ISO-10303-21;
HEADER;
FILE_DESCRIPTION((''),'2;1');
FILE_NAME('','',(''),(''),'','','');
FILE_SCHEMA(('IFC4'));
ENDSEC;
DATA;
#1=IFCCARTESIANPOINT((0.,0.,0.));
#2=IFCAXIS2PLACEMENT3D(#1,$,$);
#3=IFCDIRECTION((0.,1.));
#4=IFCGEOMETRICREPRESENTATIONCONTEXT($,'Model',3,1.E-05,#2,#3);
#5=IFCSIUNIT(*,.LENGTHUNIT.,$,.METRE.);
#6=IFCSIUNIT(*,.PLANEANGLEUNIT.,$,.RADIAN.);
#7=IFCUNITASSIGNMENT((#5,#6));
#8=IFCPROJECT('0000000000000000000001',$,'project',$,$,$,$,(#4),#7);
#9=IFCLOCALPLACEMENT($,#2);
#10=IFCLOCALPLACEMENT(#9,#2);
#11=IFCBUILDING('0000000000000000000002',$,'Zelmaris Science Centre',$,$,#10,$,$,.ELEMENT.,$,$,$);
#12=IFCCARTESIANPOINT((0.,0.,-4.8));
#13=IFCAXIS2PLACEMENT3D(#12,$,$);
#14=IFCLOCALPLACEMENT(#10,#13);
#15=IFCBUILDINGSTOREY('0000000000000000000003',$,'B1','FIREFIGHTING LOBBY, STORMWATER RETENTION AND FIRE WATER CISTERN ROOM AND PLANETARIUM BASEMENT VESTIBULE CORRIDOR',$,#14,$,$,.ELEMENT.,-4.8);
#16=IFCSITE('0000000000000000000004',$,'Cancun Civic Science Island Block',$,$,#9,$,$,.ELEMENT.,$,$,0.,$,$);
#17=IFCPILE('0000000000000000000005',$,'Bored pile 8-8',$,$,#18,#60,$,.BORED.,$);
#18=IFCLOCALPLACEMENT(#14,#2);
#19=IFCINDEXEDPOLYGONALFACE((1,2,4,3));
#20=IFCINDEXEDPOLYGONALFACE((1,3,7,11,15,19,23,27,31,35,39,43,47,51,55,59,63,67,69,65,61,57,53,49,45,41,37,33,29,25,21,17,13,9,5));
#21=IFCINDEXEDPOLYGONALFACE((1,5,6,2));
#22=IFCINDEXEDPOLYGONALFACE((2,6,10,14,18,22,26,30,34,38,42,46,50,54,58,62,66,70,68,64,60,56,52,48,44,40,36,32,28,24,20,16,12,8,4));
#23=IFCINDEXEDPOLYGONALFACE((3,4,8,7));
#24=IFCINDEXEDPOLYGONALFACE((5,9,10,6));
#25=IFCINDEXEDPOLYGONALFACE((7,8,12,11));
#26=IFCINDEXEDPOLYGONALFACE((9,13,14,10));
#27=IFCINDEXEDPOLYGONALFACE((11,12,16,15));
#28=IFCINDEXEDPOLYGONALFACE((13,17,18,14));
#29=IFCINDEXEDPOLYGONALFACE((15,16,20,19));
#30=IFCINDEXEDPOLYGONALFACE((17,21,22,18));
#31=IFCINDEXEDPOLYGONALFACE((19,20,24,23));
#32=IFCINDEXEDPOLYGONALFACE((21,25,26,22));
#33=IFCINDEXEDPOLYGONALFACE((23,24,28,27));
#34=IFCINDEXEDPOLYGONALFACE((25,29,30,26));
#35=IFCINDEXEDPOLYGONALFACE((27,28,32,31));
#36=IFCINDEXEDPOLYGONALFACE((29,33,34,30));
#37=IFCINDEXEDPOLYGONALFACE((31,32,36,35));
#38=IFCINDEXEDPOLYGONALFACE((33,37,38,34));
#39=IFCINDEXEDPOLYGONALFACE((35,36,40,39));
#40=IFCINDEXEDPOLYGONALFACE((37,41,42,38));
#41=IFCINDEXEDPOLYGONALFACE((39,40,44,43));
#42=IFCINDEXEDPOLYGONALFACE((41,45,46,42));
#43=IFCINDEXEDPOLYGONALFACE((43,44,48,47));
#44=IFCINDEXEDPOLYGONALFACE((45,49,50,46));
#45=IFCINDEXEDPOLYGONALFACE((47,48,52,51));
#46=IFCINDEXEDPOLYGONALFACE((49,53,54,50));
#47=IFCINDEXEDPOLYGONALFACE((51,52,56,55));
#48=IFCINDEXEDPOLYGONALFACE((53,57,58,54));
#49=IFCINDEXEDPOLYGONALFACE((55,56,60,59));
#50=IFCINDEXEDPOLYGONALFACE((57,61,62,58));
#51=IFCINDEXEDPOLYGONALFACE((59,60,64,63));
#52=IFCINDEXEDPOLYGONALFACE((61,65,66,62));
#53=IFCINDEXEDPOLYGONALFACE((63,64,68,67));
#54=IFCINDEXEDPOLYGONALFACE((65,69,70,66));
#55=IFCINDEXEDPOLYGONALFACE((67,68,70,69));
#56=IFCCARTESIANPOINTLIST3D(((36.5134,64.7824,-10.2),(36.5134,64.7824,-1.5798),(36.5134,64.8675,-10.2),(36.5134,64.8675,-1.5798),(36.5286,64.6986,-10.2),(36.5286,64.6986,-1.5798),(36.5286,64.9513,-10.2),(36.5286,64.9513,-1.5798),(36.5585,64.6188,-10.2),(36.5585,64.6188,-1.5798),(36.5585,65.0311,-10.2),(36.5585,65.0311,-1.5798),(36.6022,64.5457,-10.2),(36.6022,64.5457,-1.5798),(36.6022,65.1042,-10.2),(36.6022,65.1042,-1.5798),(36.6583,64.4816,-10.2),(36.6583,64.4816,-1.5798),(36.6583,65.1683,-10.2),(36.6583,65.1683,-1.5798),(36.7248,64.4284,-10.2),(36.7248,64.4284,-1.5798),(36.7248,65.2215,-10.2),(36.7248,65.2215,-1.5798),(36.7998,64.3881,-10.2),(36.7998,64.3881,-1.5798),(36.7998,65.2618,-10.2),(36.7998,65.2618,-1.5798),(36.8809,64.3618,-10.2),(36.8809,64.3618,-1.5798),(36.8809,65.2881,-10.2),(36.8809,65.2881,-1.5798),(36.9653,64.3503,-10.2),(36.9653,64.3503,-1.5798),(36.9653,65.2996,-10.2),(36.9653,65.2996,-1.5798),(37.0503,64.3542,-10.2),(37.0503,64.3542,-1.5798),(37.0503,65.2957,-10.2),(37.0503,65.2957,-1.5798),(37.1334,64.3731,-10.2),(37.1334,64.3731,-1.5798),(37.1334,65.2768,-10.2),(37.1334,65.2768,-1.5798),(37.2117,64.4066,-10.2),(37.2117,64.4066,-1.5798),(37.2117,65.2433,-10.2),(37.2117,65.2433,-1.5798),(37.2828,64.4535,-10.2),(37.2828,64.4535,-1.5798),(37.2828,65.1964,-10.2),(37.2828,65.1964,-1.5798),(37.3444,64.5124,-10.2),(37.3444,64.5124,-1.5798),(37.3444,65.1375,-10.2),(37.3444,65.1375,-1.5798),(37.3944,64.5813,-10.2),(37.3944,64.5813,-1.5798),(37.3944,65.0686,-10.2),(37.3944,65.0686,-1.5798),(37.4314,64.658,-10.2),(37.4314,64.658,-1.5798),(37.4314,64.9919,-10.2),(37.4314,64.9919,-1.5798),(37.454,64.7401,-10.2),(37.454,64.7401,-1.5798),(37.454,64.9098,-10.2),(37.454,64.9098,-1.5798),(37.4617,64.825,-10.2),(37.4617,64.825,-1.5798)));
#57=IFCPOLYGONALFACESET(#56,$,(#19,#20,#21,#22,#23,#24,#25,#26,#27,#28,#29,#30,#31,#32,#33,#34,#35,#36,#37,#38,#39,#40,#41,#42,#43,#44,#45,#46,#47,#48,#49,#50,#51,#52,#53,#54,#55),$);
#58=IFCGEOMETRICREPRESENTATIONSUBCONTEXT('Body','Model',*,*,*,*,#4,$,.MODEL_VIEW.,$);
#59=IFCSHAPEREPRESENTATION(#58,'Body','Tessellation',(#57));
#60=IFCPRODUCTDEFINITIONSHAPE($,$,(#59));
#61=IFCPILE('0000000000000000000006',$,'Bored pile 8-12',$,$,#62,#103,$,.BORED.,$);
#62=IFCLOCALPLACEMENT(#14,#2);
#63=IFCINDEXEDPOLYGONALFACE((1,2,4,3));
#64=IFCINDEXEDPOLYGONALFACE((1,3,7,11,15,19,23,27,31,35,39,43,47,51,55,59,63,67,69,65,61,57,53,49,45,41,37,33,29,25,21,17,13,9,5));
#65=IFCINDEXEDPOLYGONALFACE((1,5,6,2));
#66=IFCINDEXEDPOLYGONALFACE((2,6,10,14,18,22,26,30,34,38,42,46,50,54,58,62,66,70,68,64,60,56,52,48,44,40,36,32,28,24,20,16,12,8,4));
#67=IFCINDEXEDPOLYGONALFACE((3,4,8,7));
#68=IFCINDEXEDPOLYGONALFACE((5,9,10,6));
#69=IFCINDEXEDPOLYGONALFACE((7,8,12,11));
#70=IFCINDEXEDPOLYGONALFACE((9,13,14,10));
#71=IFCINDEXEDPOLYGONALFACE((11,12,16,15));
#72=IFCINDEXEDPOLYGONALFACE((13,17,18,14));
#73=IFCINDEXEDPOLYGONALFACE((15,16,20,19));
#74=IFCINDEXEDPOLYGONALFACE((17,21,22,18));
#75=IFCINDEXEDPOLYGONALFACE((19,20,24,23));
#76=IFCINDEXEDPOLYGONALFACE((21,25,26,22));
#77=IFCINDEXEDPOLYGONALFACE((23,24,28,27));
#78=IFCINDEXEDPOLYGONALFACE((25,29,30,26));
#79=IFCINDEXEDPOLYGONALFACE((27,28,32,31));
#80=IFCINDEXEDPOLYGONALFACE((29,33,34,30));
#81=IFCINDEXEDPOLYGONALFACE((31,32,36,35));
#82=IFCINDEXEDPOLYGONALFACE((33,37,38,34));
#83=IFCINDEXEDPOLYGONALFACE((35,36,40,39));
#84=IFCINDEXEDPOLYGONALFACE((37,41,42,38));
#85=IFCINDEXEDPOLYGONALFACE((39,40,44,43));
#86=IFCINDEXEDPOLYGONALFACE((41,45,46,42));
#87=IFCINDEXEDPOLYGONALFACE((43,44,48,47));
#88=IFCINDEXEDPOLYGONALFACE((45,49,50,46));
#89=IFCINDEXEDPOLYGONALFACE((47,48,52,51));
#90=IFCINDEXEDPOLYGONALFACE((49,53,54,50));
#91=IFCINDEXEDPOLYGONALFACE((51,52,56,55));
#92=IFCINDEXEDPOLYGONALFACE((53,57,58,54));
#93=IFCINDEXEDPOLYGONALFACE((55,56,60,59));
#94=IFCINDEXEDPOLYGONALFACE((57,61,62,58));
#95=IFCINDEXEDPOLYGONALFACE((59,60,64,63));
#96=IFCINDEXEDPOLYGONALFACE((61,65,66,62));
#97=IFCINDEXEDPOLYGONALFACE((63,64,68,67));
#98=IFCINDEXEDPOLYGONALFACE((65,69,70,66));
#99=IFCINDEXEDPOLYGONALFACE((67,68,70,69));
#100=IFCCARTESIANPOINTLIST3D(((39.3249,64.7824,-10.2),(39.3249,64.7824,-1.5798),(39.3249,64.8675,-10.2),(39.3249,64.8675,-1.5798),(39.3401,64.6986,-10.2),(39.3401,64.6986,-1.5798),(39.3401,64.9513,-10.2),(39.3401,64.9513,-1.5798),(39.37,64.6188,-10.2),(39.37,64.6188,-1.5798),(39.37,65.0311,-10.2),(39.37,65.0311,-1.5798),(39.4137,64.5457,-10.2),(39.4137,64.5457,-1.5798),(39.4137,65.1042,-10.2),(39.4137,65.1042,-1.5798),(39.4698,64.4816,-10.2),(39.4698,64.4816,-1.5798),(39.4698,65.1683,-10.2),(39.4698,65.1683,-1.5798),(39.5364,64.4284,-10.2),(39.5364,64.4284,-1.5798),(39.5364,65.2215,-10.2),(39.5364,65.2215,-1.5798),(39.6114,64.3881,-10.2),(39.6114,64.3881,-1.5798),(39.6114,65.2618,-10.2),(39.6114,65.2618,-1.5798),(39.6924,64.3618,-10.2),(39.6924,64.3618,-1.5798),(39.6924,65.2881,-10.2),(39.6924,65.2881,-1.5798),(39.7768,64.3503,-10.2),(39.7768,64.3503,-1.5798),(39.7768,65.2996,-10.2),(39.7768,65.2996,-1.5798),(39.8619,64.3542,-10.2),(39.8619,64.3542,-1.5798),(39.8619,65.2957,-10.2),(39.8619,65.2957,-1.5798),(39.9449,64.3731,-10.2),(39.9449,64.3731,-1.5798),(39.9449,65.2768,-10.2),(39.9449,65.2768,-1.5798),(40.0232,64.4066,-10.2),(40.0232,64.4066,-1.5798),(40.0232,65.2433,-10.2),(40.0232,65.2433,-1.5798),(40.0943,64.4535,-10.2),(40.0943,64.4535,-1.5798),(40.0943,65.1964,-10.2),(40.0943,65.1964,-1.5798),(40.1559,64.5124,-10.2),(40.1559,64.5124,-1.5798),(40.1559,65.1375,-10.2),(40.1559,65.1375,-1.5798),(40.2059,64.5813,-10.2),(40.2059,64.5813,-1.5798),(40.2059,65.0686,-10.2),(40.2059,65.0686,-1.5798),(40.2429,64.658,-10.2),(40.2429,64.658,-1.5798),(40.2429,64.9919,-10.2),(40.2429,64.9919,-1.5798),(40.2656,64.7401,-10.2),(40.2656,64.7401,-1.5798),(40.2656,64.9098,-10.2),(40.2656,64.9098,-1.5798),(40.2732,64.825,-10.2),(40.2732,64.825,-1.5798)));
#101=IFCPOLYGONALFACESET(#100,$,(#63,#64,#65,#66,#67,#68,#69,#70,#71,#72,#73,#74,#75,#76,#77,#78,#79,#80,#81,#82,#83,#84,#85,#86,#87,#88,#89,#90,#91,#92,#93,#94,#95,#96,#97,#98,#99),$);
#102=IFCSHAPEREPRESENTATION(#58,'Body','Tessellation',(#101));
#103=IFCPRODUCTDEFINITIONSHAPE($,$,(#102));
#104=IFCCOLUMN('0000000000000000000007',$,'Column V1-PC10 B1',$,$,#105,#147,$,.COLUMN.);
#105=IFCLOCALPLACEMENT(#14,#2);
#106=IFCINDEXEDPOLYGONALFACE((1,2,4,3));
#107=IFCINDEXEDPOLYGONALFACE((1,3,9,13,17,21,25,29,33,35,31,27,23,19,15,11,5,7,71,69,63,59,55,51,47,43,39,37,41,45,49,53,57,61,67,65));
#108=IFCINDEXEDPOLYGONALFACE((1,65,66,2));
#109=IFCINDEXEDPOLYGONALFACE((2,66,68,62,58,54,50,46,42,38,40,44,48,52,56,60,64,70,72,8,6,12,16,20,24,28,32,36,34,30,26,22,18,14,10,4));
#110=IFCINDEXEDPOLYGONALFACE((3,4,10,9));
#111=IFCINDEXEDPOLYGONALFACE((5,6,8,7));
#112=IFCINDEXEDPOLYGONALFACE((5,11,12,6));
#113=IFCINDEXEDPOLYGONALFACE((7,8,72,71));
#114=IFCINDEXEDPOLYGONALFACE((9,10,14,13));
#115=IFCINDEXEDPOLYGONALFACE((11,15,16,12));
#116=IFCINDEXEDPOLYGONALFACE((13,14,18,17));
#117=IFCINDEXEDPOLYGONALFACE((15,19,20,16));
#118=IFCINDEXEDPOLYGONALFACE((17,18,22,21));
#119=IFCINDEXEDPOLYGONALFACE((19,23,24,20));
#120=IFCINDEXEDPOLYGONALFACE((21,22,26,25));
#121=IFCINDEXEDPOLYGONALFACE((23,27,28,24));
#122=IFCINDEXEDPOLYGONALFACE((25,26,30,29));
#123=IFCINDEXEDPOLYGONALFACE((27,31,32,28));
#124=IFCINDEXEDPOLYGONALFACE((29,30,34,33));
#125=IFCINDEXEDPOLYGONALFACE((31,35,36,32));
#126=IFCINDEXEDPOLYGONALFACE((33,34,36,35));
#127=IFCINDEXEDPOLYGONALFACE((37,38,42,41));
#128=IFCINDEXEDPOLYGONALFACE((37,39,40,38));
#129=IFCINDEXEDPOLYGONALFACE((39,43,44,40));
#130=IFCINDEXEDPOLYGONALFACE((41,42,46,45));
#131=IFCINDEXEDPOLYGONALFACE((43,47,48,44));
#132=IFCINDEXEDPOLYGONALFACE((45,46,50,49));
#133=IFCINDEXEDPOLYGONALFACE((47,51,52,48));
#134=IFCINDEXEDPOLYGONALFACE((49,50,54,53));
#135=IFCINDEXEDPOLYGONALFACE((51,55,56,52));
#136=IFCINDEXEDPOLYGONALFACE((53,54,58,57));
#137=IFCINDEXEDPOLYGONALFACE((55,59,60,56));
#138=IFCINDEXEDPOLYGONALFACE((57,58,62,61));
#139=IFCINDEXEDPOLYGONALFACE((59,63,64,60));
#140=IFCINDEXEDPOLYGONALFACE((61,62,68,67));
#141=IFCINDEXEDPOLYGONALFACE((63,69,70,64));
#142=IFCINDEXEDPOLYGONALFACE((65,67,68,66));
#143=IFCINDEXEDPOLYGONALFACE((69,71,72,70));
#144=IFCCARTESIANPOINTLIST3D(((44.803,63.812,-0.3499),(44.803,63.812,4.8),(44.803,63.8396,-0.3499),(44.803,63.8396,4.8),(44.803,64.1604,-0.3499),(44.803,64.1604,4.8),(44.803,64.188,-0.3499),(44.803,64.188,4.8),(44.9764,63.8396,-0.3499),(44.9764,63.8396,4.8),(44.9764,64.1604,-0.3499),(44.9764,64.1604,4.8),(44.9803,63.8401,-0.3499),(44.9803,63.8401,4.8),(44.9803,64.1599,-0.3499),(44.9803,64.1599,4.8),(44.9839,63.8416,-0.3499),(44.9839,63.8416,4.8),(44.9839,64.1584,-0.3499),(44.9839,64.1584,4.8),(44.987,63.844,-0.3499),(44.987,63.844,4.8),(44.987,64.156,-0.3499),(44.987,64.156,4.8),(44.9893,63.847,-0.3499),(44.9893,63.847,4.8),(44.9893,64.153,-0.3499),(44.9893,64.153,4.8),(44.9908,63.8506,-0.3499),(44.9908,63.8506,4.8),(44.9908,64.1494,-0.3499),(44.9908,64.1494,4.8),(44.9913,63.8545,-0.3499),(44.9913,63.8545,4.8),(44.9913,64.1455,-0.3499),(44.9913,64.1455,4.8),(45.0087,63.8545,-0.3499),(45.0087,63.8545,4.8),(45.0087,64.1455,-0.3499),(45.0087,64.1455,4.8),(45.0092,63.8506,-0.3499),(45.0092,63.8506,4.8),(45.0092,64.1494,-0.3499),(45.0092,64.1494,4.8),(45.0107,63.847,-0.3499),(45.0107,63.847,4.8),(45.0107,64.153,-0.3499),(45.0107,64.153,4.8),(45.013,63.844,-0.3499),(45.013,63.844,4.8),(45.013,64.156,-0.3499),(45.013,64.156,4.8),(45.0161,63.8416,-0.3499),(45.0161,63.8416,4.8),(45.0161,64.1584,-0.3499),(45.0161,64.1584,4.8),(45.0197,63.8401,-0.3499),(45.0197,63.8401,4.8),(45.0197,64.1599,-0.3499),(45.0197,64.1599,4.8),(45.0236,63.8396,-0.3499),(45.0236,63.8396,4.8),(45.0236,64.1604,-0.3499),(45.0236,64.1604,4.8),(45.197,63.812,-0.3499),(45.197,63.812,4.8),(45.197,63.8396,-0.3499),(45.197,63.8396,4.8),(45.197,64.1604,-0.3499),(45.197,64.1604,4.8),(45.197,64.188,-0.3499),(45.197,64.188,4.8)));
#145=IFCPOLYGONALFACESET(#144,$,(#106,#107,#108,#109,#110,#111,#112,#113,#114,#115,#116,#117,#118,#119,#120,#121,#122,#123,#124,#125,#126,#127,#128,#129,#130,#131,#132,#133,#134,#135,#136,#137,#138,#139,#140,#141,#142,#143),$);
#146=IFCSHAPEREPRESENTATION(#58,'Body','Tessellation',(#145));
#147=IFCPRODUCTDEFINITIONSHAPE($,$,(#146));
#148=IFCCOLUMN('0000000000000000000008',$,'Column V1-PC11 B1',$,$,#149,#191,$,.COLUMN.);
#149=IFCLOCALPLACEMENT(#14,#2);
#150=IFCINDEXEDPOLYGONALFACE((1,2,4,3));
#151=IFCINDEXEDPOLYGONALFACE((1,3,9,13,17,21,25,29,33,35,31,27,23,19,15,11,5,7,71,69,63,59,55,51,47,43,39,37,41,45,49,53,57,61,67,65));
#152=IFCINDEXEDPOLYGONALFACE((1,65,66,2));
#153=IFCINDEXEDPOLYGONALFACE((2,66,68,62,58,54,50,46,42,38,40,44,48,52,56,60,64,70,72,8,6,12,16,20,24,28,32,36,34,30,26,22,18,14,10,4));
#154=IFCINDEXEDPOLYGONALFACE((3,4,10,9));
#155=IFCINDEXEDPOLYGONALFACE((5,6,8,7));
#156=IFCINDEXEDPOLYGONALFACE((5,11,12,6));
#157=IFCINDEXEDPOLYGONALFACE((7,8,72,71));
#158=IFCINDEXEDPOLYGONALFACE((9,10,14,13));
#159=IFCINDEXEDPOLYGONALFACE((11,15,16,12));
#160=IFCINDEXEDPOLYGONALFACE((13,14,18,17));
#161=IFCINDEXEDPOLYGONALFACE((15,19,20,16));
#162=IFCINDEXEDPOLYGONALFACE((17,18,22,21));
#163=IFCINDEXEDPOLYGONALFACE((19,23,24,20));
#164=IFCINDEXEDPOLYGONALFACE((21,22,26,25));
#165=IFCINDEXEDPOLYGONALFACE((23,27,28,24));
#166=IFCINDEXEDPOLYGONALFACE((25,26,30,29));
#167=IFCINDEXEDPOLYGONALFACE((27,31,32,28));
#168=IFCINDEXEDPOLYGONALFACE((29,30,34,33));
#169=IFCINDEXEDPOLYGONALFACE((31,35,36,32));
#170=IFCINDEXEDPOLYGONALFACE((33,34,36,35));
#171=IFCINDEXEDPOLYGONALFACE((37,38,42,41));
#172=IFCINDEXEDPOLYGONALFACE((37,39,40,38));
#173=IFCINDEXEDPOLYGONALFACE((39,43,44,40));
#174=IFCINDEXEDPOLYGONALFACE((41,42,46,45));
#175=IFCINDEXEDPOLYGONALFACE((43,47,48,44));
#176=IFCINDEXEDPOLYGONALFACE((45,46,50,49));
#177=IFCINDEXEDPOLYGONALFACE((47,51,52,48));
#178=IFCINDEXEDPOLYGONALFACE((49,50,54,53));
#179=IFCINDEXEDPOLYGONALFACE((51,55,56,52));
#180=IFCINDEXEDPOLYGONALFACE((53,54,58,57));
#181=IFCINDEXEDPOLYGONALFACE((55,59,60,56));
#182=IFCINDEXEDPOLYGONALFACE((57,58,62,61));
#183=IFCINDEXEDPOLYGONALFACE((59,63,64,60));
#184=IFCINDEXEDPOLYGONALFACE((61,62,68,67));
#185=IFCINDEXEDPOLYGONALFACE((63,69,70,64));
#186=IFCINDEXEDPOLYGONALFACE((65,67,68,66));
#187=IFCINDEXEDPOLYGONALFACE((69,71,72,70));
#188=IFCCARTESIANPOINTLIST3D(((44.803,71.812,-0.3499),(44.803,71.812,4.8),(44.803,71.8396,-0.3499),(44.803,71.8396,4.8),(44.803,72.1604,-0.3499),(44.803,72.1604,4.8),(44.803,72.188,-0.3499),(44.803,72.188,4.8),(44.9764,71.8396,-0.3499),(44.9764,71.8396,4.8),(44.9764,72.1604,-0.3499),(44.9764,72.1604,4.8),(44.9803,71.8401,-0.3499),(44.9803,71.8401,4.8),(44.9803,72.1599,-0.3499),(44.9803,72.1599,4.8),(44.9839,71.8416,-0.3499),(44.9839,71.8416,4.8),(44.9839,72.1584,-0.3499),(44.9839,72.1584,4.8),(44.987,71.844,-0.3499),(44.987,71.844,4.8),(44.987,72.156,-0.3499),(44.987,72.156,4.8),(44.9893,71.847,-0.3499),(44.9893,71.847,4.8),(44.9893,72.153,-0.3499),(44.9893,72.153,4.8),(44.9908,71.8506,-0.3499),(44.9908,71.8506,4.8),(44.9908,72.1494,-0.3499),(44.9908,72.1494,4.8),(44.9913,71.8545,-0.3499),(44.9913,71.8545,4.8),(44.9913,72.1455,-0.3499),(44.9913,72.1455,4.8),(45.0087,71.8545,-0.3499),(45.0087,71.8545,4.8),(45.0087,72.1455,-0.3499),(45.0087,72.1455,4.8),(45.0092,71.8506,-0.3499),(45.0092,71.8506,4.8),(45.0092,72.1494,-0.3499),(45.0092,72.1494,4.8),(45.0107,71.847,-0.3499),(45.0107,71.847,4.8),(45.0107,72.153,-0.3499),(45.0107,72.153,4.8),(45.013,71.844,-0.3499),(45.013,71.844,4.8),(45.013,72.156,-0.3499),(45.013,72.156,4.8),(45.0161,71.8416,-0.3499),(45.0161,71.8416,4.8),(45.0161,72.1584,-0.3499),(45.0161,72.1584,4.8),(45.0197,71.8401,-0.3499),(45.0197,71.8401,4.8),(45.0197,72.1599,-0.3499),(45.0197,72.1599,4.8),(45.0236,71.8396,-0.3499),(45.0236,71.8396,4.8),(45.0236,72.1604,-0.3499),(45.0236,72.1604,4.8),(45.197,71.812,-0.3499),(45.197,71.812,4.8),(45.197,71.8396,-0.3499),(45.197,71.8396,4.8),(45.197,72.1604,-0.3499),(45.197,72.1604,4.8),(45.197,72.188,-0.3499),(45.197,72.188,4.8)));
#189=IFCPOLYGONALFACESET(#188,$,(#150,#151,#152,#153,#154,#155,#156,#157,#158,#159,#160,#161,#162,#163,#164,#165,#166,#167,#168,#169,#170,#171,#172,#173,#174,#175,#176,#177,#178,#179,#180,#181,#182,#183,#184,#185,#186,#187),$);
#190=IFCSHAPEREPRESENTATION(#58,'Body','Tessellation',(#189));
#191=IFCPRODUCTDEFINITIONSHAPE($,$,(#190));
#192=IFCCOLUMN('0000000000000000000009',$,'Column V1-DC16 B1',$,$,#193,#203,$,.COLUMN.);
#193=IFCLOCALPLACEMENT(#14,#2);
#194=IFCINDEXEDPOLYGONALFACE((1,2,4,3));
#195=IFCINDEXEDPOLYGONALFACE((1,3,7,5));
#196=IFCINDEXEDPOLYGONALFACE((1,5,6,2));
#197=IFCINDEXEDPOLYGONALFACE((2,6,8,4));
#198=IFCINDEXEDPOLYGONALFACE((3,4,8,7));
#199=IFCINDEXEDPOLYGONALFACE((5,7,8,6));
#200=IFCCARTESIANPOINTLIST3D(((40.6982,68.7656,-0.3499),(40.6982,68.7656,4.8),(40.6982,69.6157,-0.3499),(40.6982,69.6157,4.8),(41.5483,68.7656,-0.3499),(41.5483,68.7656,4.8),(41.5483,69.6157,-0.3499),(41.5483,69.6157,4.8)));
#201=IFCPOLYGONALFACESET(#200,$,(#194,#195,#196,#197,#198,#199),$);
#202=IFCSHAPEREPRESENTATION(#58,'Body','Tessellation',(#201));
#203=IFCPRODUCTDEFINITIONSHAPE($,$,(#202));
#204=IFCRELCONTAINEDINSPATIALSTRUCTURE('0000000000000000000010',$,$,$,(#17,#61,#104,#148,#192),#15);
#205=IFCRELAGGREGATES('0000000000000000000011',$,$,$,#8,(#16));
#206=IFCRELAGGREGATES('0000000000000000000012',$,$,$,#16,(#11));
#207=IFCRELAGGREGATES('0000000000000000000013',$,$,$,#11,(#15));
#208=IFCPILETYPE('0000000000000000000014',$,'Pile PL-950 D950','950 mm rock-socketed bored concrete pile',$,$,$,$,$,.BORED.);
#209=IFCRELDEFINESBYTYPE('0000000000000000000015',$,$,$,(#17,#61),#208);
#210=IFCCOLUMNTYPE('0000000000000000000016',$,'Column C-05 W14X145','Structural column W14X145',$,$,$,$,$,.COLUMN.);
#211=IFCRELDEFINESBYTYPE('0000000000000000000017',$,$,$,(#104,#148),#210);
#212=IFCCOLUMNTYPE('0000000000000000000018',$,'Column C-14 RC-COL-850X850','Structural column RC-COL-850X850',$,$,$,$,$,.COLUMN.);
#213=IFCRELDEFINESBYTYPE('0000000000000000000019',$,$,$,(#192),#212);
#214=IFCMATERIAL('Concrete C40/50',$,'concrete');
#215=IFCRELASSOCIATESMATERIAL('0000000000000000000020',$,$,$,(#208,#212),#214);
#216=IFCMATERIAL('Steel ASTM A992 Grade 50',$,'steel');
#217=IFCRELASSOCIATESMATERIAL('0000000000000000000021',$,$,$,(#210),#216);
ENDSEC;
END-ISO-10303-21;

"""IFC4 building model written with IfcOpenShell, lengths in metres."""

from ifc_helpers import new_model, si_unit, direction, frame, origin, origin_2d, place, context, subcontext, project, spatial, rectangle, circle, i_section, extrude, material, material_profile, profile_set, type_object, element, save


model = new_model("IFC4")

# Units and contexts
model_context = context("Model", 3, precision=1e-05, world=origin(), true_north=direction((0.0, 1.0)))
body_context = subcontext(model_context, "Body", "Model", "MODEL_VIEW")
ifc_project = project(units=[si_unit("LENGTHUNIT", "METRE"), si_unit("PLANEANGLEUNIT", "RADIAN")], contexts=[model_context])

# Site, building, storey
site_placement = place(None, origin())
site = spatial("IfcSite", under=ifc_project, at=site_placement, Name="Cancun Civic Science Island Block", CompositionType="ELEMENT", RefElevation=0.0)
building_placement = place(site_placement, origin())
building = spatial("IfcBuilding", under=site, at=building_placement, Name="Zelmaris Science Centre", CompositionType="ELEMENT")
storey_placement = place(building_placement, frame((0.0, 0.0, -4.8)))
storey = spatial("IfcBuildingStorey", under=building, at=storey_placement, Name="B1", Description="FIREFIGHTING LOBBY, STORMWATER RETENTION AND FIRE WATER CISTERN ROOM AND PLANETARIUM BASEMENT VESTIBULE CORRIDOR", CompositionType="ELEMENT", Elevation=-4.8)

# Shared definitions
ifc_material_1 = material(Name="Concrete C40/50", Category="concrete")

# Piles
ifc_material_profile_1 = material_profile(ifc_material_1, circle(Radius=0.4751, at=origin_2d()), Name="PILE-950")
ifc_profile_set_1 = profile_set([ifc_material_profile_1], Name="Concrete C40/50")
pile_type_1 = type_object("IfcPileType", Name="Pile PL-950 D950", Description="950 mm rock-socketed bored concrete pile", PredefinedType="BORED", material=ifc_profile_set_1)
for number, where, z_axis, x_axis, name in (
    (1, (36.9866, 64.825, -1.5798), (0.0, 0.0, -1.0), (1.0, 0.0, 0.0), "Bored pile 8-8"),
    (2, (39.7981, 64.825, -1.5798), (0.0, 0.0, -1.0), (1.0, 0.0, 0.0), "Bored pile 8-12"),
):
    element("IfcPile", number, at=place(storey_placement, frame(where, z_axis=z_axis, x_axis=x_axis)), inside=storey, type_object=pile_type_1, Name=name, PredefinedType="BORED", context=body_context, shape_type="SweptSolid", body=[
        extrude(circle(Radius=0.4751, at=origin_2d()), origin(), (0.0, 0.0, 1.0), 8.6201),
    ])

# Columns
ifc_material_2 = material(Name="Steel ASTM A992 Grade 50", Category="steel")
ifc_material_profile_2 = material_profile(ifc_material_2, i_section(OverallWidth=0.394, OverallDepth=0.376, WebThickness=0.0173, FlangeThickness=0.0276, FilletRadius=0.0149, at=origin_2d()), Name="W14X145")
ifc_profile_set_2 = profile_set([ifc_material_profile_2], Name="Steel ASTM A992 Grade 50")
column_type_1 = type_object("IfcColumnType", Name="Column C-05 W14X145", Description="Structural column W14X145", PredefinedType="COLUMN", material=ifc_profile_set_2)
for number, where, z_axis, x_axis, name in (
    (3, (45.0, 64.0, -0.3499), (0.0, 0.0, 1.0), (1.0, 0.0, 0.0), "Column V1-PC10 B1"),
    (4, (45.0, 72.0, -0.3499), (0.0, 0.0, 1.0), (1.0, 0.0, 0.0), "Column V1-PC11 B1"),
):
    element("IfcColumn", number, at=place(storey_placement, frame(where, z_axis=z_axis, x_axis=x_axis)), inside=storey, type_object=column_type_1, Name=name, PredefinedType="COLUMN", context=body_context, shape_type="SweptSolid", body=[
        extrude(i_section(OverallWidth=0.394, OverallDepth=0.376, WebThickness=0.0173, FlangeThickness=0.0276, FilletRadius=0.0149, at=origin_2d()), origin(), (0.0, 0.0, 1.0), 5.1499),
    ])
ifc_material_profile_3 = material_profile(ifc_material_1, rectangle(XDim=0.8501, YDim=0.8501, at=origin_2d()), Name="RC-COL-850X850")
ifc_profile_set_3 = profile_set([ifc_material_profile_3], Name="Concrete C40/50")
column_type_2 = type_object("IfcColumnType", Name="Column C-14 RC-COL-850X850", Description="Structural column RC-COL-850X850", PredefinedType="COLUMN", material=ifc_profile_set_3)
column_placement = place(storey_placement, frame((41.1233, 69.1907, -0.3499), z_axis=(0.0, 0.0, 1.0), x_axis=(1.0, 0.0, 0.0)))
element("IfcColumn", 5, at=column_placement, inside=storey, type_object=column_type_2, Name="Column V1-DC16 B1", PredefinedType="COLUMN", context=body_context, shape_type="SweptSolid", body=[
    extrude(rectangle(XDim=0.8501, YDim=0.8501, at=origin_2d()), origin(), (0.0, 0.0, 1.0), 5.1499),
])

save(model, "model.ifc")
